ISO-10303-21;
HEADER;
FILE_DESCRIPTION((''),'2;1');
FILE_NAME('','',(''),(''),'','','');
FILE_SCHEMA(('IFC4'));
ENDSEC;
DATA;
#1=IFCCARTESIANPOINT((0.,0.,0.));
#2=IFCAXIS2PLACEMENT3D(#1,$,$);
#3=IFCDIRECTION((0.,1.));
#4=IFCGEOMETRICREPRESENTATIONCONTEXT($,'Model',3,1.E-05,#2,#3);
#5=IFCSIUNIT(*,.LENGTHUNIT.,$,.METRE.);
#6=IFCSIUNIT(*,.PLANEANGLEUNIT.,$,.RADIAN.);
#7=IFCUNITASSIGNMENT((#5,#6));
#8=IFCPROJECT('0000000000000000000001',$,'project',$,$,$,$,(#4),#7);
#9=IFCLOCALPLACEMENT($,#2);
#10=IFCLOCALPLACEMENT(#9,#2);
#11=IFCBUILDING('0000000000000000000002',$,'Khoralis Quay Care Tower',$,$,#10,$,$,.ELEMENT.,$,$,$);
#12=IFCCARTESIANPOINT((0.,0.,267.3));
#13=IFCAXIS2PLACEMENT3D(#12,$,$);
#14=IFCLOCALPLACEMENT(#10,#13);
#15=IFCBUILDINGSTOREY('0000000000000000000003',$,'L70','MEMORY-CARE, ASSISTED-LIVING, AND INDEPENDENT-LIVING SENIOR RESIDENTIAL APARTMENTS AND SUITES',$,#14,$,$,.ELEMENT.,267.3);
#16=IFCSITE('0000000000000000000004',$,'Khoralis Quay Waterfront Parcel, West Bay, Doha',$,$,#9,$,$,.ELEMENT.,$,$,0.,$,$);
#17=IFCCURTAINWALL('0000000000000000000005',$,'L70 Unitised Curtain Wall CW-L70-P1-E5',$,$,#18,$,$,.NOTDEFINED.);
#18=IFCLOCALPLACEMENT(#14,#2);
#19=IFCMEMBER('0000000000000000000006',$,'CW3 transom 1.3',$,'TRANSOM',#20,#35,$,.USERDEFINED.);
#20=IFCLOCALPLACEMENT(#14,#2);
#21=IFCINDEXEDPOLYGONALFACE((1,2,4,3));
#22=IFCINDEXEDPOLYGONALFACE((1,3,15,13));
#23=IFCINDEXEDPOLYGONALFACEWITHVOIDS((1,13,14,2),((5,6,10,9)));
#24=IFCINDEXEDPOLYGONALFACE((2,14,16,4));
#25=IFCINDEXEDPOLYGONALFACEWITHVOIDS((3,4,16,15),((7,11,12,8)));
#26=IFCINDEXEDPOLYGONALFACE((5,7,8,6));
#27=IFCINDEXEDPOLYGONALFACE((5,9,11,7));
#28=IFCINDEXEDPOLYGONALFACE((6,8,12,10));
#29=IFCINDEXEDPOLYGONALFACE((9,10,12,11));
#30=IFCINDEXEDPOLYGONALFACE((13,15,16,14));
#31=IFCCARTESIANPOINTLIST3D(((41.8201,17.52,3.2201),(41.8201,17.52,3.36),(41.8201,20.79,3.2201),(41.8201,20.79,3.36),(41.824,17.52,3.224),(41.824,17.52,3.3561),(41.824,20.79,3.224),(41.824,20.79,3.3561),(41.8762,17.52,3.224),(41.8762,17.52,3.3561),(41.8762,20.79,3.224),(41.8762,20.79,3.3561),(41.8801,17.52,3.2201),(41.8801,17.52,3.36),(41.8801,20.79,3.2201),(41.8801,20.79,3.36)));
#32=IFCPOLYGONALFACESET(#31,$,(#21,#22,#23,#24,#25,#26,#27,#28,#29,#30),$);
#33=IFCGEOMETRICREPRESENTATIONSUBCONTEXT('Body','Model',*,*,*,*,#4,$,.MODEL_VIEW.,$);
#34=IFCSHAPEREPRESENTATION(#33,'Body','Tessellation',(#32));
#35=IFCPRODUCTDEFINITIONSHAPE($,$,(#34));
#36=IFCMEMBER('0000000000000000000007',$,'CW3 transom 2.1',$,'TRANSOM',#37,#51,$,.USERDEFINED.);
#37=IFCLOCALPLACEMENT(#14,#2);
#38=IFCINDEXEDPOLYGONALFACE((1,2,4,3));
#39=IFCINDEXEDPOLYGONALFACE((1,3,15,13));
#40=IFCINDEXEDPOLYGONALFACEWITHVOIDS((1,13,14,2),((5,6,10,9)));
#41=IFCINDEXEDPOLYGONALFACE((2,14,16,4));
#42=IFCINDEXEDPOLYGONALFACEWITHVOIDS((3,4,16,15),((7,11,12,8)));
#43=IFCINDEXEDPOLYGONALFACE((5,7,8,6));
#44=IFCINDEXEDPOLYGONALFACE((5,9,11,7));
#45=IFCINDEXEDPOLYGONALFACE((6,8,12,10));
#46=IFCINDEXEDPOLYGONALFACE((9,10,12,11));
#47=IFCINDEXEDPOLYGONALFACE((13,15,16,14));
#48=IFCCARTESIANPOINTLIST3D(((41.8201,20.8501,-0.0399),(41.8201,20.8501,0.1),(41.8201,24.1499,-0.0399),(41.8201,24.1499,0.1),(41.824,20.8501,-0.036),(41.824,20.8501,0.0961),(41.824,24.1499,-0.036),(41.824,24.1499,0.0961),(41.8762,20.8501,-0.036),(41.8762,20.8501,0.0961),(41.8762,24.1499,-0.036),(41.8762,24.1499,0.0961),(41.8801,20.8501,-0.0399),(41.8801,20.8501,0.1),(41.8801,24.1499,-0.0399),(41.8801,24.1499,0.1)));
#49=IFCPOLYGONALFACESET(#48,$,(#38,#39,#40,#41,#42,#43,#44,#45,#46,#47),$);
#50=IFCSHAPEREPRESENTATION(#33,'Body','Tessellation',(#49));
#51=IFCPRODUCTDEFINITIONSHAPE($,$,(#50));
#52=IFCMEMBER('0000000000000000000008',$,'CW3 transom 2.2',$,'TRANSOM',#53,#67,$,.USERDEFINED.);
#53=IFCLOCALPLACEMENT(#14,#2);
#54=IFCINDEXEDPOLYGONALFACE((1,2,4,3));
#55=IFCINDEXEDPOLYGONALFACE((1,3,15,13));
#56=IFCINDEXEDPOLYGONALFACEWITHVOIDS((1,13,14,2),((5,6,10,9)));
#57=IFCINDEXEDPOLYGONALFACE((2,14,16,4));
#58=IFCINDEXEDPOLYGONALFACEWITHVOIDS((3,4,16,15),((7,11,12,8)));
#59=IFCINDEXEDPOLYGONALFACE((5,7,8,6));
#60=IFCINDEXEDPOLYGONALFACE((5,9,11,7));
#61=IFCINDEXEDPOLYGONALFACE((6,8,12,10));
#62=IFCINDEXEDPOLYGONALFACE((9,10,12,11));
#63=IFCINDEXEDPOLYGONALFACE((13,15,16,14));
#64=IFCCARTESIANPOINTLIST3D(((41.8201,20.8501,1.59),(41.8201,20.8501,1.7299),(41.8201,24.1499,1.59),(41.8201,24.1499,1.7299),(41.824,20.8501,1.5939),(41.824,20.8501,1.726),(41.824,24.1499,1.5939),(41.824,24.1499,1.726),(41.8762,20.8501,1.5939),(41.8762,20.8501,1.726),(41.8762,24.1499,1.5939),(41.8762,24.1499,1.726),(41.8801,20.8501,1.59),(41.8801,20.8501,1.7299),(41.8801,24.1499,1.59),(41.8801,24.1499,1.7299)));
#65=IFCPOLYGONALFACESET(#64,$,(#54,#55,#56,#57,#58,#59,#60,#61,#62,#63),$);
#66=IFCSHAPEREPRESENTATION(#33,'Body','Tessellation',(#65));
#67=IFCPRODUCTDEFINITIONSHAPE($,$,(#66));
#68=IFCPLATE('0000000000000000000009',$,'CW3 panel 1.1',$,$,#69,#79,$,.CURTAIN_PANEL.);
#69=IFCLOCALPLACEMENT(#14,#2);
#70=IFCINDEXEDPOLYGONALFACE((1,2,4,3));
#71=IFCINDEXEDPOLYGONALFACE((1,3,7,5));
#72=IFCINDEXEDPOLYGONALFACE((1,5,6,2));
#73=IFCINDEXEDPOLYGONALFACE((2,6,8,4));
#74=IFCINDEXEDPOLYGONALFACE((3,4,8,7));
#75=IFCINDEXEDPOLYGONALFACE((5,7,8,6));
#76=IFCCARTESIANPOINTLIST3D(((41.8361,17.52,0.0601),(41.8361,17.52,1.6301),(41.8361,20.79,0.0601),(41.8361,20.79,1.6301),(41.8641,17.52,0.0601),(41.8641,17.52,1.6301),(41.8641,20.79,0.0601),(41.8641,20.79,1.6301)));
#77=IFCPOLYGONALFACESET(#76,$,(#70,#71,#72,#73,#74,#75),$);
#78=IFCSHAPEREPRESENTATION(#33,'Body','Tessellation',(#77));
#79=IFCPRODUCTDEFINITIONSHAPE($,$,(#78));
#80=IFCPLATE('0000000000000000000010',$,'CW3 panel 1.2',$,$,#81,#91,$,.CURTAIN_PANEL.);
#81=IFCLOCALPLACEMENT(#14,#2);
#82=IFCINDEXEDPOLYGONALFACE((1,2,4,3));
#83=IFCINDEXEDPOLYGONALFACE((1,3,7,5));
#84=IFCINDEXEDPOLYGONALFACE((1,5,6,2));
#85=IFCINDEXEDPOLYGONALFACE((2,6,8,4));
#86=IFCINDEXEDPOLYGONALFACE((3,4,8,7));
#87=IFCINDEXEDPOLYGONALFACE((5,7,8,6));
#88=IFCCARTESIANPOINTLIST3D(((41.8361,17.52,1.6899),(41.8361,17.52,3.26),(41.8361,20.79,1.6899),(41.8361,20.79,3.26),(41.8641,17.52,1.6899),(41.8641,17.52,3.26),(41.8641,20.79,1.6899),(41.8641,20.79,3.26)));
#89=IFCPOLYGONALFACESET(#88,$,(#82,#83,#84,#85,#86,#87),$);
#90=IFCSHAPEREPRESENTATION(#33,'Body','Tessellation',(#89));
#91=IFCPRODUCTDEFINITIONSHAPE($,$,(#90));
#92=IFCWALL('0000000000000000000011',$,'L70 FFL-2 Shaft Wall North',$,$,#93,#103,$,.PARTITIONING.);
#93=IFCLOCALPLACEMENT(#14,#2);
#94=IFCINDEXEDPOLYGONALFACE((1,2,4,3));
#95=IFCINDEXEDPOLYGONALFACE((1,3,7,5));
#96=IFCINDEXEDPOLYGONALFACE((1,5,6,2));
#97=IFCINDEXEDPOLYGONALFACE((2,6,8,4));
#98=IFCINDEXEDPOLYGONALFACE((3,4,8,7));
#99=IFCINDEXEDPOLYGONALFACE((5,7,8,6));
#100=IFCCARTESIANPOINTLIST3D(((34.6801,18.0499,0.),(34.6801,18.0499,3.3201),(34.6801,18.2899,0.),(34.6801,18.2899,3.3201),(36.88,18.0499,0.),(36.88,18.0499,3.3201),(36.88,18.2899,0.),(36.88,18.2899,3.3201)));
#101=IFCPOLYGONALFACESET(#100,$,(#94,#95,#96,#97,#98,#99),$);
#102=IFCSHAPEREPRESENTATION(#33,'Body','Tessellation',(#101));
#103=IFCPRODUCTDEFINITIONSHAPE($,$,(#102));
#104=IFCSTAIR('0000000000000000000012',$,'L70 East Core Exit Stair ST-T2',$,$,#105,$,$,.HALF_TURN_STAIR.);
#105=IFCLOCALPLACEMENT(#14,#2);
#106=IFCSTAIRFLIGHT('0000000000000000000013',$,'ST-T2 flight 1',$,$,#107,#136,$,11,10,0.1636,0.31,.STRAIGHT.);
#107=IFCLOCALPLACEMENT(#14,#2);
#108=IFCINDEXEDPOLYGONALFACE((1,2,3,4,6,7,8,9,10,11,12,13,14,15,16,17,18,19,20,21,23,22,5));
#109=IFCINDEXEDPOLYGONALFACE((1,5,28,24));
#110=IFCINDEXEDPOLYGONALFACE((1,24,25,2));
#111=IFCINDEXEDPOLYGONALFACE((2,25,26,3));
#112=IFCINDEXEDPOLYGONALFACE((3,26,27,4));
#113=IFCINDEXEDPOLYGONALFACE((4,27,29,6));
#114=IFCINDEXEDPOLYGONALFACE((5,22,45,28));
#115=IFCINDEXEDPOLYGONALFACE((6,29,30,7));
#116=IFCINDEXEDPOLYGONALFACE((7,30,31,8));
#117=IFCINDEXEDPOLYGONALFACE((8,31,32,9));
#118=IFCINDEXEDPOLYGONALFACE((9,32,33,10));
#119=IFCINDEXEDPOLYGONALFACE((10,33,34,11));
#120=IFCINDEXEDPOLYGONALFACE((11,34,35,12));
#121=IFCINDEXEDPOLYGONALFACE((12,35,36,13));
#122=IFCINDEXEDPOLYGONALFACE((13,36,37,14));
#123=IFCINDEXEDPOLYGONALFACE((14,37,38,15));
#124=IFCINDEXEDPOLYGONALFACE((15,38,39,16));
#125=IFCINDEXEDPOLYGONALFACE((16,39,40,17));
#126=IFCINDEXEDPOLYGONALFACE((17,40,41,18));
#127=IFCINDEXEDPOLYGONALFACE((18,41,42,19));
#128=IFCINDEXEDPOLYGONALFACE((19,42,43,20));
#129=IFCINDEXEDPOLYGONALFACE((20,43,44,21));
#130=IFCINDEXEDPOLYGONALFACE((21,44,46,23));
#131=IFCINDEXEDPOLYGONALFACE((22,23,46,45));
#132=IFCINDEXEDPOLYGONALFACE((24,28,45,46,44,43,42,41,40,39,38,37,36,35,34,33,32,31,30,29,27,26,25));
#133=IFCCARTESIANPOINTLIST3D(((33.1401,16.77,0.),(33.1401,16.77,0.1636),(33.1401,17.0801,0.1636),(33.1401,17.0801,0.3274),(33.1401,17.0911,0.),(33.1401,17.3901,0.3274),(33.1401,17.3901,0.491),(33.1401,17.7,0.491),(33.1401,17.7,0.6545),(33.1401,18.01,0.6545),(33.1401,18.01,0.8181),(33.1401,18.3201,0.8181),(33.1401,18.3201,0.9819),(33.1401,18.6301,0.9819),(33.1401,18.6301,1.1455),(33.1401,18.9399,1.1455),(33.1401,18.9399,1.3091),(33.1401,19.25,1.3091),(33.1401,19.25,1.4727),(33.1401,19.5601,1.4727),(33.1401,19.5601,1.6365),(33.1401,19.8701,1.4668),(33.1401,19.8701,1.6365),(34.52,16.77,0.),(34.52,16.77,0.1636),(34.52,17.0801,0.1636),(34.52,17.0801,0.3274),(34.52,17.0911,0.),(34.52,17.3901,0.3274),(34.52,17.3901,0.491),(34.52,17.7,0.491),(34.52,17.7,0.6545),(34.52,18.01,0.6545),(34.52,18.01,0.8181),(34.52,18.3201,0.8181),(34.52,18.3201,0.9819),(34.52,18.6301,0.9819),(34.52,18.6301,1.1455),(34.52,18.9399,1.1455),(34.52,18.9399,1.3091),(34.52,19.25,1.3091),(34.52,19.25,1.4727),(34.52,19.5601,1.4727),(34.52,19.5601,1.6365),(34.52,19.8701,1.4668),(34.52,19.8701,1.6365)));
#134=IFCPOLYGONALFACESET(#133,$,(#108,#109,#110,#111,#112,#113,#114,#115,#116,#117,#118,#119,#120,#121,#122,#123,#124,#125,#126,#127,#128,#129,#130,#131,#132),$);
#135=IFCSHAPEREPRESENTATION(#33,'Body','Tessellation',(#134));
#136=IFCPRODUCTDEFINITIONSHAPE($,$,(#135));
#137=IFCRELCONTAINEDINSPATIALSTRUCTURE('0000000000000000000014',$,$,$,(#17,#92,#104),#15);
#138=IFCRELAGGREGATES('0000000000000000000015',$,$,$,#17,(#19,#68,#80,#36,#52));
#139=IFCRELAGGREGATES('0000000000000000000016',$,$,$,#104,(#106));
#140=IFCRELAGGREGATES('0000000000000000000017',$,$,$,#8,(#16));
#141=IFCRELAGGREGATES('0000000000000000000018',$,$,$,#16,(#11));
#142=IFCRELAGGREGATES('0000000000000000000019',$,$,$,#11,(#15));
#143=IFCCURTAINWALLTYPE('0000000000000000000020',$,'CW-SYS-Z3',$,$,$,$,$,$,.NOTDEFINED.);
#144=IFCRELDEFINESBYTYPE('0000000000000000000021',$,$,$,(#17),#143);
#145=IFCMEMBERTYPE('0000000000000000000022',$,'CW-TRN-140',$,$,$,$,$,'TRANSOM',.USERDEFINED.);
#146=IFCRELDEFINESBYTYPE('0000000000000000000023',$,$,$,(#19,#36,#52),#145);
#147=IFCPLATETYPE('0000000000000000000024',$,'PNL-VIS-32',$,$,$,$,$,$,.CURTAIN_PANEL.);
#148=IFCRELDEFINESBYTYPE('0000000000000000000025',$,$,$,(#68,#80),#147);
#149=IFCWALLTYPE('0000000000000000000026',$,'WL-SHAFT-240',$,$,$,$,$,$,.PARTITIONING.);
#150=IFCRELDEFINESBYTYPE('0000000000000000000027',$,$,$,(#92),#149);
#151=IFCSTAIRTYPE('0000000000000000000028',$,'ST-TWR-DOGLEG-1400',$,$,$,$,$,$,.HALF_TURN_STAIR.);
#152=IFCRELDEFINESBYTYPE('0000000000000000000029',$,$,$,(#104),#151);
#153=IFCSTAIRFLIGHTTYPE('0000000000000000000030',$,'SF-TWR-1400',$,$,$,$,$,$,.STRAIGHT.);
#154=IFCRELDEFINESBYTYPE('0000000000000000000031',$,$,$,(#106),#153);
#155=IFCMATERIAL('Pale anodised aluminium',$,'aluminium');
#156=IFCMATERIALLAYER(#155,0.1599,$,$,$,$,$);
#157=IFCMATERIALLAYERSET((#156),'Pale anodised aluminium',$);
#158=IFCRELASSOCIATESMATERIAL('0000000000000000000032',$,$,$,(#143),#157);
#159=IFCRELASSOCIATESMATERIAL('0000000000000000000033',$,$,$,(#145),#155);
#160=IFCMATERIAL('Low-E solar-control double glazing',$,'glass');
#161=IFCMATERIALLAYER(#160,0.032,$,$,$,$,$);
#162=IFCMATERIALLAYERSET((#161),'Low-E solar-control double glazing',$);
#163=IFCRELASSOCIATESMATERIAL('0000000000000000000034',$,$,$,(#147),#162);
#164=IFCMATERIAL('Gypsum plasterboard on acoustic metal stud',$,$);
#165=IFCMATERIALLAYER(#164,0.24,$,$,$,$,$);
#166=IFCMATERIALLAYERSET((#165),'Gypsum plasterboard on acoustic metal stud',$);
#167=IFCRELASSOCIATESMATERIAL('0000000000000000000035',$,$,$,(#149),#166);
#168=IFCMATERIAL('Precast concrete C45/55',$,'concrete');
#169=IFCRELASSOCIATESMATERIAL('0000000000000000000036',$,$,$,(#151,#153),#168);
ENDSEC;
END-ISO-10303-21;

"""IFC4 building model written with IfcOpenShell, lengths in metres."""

from ifc_helpers import new_model, si_unit, direction, frame, frame_2d, origin, origin_2d, place, context, subcontext, project, spatial, polyline, rectangle, hollow_rectangle, outline, extrude, source, transform, mapped, material, layer, layer_set, material_profile, profile_set, type_object, element, aggregate, save


model = new_model("IFC4")

# Units and contexts
model_context = context("Model", 3, precision=1e-05, world=origin(), true_north=direction((0.0, 1.0)))
body_context = subcontext(model_context, "Body", "Model", "MODEL_VIEW")
ifc_project = project(units=[si_unit("LENGTHUNIT", "METRE"), si_unit("PLANEANGLEUNIT", "RADIAN")], contexts=[model_context])

# Site, building, storey
site_placement = place(None, origin())
site = spatial("IfcSite", under=ifc_project, at=site_placement, Name="Khoralis Quay Waterfront Parcel, West Bay, Doha", CompositionType="ELEMENT", RefElevation=0.0)
building_placement = place(site_placement, origin())
building = spatial("IfcBuilding", under=site, at=building_placement, Name="Khoralis Quay Care Tower", CompositionType="ELEMENT")
storey_placement = place(building_placement, frame((0.0, 0.0, 267.3)))
storey = spatial("IfcBuildingStorey", under=building, at=storey_placement, Name="L70", Description="MEMORY-CARE, ASSISTED-LIVING, AND INDEPENDENT-LIVING SENIOR RESIDENTIAL APARTMENTS AND SUITES", CompositionType="ELEMENT", Elevation=267.3)

# Curtain wall, members, plates
ifc_material_1 = material(Name="Pale anodised aluminium", Category="aluminium")
ifc_layer_1 = layer(ifc_material_1, 0.1599)
ifc_layer_set_1 = layer_set([ifc_layer_1], Name="Pale anodised aluminium")
curtain_wall_type = type_object("IfcCurtainWallType", Name="CW-SYS-Z3", PredefinedType="NOTDEFINED", material=ifc_layer_set_1)
curtain_wall_placement = place(storey_placement, origin())
curtain_wall = element("IfcCurtainWall", 1, at=curtain_wall_placement, inside=storey, type_object=curtain_wall_type, Name="L70 Unitised Curtain Wall CW-L70-P1-E5", PredefinedType="NOTDEFINED")
ifc_material_profile_1 = material_profile(ifc_material_1, hollow_rectangle(XDim=0.0601, YDim=0.1399, WallThickness=0.0039, at=origin_2d()), Name="Pale anodised aluminium")
ifc_profile_set_1 = profile_set([ifc_material_profile_1], Name="Pale anodised aluminium")
member_type_1 = type_object("IfcMemberType", Name="CW-TRN-140", ElementType="TRANSOM", PredefinedType="USERDEFINED", material=ifc_profile_set_1)
shared_shape_1 = source(origin(), body_context, "Body", "SweptSolid", [
    extrude(hollow_rectangle(XDim=0.0601, YDim=0.1399, WallThickness=0.0039, at=origin_2d()), origin(), (0.0, 0.0, 1.0), 3.27),
])
member_1_placement = place(storey_placement, frame((41.8501, 17.52, 3.29), z_axis=(0.0, 1.0, 0.0), x_axis=(-1.0, 0.0, 0.0)))
member_1 = element("IfcMember", 2, at=member_1_placement, type_object=member_type_1, Name="CW3 transom 1.3", ObjectType="TRANSOM", PredefinedType="USERDEFINED", context=body_context, shape_type="MappedRepresentation", body=[
    mapped(shared_shape_1, transform((0.0, 0.0, 0.0), scale=1.0)),
])
shared_shape_2 = source(origin(), body_context, "Body", "SweptSolid", [
    extrude(hollow_rectangle(XDim=0.0601, YDim=0.1399, WallThickness=0.0039, at=origin_2d()), origin(), (0.0, 0.0, 1.0), 3.2998),
])
member_2_placement = place(storey_placement, frame((41.8501, 20.8501, 0.03), z_axis=(0.0, 1.0, 0.0), x_axis=(-1.0, 0.0, 0.0)))
member_2 = element("IfcMember", 3, at=member_2_placement, type_object=member_type_1, Name="CW3 transom 2.1", ObjectType="TRANSOM", PredefinedType="USERDEFINED", context=body_context, shape_type="MappedRepresentation", body=[
    mapped(shared_shape_2, transform((0.0, 0.0, 0.0), scale=1.0)),
])
member_3_placement = place(storey_placement, frame((41.8501, 20.8501, 1.6599), z_axis=(0.0, 1.0, 0.0), x_axis=(-1.0, 0.0, 0.0)))
member_3 = element("IfcMember", 4, at=member_3_placement, type_object=member_type_1, Name="CW3 transom 2.2", ObjectType="TRANSOM", PredefinedType="USERDEFINED", context=body_context, shape_type="MappedRepresentation", body=[
    mapped(shared_shape_2, transform((0.0, 0.0, 0.0), scale=1.0)),
])
ifc_material_2 = material(Name="Low-E solar-control double glazing", Category="glass")
ifc_layer_2 = layer(ifc_material_2, 0.032)
ifc_layer_set_2 = layer_set([ifc_layer_2], Name="Low-E solar-control double glazing")
plate_type = type_object("IfcPlateType", Name="PNL-VIS-32", PredefinedType="CURTAIN_PANEL", material=ifc_layer_set_2)
shared_shape_3 = source(origin(), body_context, "Body", "SweptSolid", [
    extrude(rectangle(XDim=3.27, YDim=0.0281, at=origin_2d()), origin(), (0.0, 0.0, 1.0), 1.5701),
])
plate_1_placement = place(storey_placement, frame((41.8501, 19.155, 0.0601), z_axis=(0.0, 0.0, 1.0), x_axis=(0.0, 1.0, 0.0)))
plate_1 = element("IfcPlate", 5, at=plate_1_placement, type_object=plate_type, Name="CW3 panel 1.1", PredefinedType="CURTAIN_PANEL", context=body_context, shape_type="MappedRepresentation", body=[
    mapped(shared_shape_3, transform((0.0, 0.0, 0.0), scale=1.0)),
])
plate_2_placement = place(storey_placement, frame((41.8501, 19.155, 1.6899), z_axis=(0.0, 0.0, 1.0), x_axis=(0.0, 1.0, 0.0)))
plate_2 = element("IfcPlate", 6, at=plate_2_placement, type_object=plate_type, Name="CW3 panel 1.2", PredefinedType="CURTAIN_PANEL", context=body_context, shape_type="MappedRepresentation", body=[
    mapped(shared_shape_3, transform((0.0, 0.0, 0.0), scale=1.0)),
])
aggregate(curtain_wall, [member_1, plate_1, plate_2, member_2, member_3])

# Wall
ifc_material_3 = material(Name="Gypsum plasterboard on acoustic metal stud")
ifc_layer_3 = layer(ifc_material_3, 0.24)
ifc_layer_set_3 = layer_set([ifc_layer_3], Name="Gypsum plasterboard on acoustic metal stud")
wall_type = type_object("IfcWallType", Name="WL-SHAFT-240", PredefinedType="PARTITIONING", material=ifc_layer_set_3)
wall_placement = place(storey_placement, frame((34.6799, 18.1699, 0.0), z_axis=(0.0, 0.0, 1.0), x_axis=(1.0, 0.0, 0.0)))
element("IfcWall", 7, at=wall_placement, inside=storey, type_object=wall_type, Name="L70 FFL-2 Shaft Wall North", PredefinedType="PARTITIONING", context=body_context, shape_type="SweptSolid", body=[
    extrude(rectangle(XDim=2.2, YDim=0.24, at=frame_2d((1.1001, 0.0))), origin(), (0.0, 0.0, 1.0), 3.3201),
])

# Stair, stair flight
ifc_material_4 = material(Name="Precast concrete C45/55", Category="concrete")
stair_type = type_object("IfcStairType", Name="ST-TWR-DOGLEG-1400", PredefinedType="HALF_TURN_STAIR", material=ifc_material_4)
stair_placement = place(storey_placement, origin())
stair = element("IfcStair", 8, at=stair_placement, inside=storey, type_object=stair_type, Name="L70 East Core Exit Stair ST-T2", PredefinedType="HALF_TURN_STAIR")
stair_flight_type = type_object("IfcStairFlightType", Name="SF-TWR-1400", PredefinedType="STRAIGHT", material=ifc_material_4)
shared_shape_4 = source(origin(), body_context, "Body", "SweptSolid", [
    extrude(outline(polyline([(0.0, 0.0), (0.0, 0.1636), (0.3101, 0.1636), (0.3101, 0.3274), (0.6201, 0.3274), (0.6201, 0.491), (0.9299, 0.491), (0.9299, 0.6545), (1.24, 0.6545), (1.24, 0.8181), (1.55, 0.8181), (1.55, 0.9819), (1.8601, 0.9819), (1.8601, 1.1455), (2.1699, 1.1455), (2.1699, 1.3091), (2.48, 1.3091), (2.48, 1.4727), (2.79, 1.4727), (2.79, 1.6365), (3.1001, 1.6365), (3.1001, 1.8), (3.1001, 1.4668), (0.321, 0.0), (0.0, 0.0)])), frame((0.0, 0.6899, 0.0), z_axis=(0.0, -1.0, 0.0), x_axis=(1.0, 0.0, 0.0)), (0.0, 0.0, 1.0), 1.3799),
])
stair_flight_placement = place(storey_placement, frame((33.8301, 16.77, 0.0), z_axis=(0.0, 0.0, 1.0), x_axis=(0.0, 1.0, 0.0)))
stair_flight = element("IfcStairFlight", 9, at=stair_flight_placement, type_object=stair_flight_type, Name="ST-T2 flight 1", NumberOfRisers=11, NumberOfTreads=10, PredefinedType="STRAIGHT", RiserHeight=0.1636, TreadLength=0.31, context=body_context, shape_type="MappedRepresentation", body=[
    mapped(shared_shape_4, transform((0.0, 0.0, 0.0), scale=1.0)),
])
aggregate(stair, [stair_flight])

save(model, "model.ifc")
